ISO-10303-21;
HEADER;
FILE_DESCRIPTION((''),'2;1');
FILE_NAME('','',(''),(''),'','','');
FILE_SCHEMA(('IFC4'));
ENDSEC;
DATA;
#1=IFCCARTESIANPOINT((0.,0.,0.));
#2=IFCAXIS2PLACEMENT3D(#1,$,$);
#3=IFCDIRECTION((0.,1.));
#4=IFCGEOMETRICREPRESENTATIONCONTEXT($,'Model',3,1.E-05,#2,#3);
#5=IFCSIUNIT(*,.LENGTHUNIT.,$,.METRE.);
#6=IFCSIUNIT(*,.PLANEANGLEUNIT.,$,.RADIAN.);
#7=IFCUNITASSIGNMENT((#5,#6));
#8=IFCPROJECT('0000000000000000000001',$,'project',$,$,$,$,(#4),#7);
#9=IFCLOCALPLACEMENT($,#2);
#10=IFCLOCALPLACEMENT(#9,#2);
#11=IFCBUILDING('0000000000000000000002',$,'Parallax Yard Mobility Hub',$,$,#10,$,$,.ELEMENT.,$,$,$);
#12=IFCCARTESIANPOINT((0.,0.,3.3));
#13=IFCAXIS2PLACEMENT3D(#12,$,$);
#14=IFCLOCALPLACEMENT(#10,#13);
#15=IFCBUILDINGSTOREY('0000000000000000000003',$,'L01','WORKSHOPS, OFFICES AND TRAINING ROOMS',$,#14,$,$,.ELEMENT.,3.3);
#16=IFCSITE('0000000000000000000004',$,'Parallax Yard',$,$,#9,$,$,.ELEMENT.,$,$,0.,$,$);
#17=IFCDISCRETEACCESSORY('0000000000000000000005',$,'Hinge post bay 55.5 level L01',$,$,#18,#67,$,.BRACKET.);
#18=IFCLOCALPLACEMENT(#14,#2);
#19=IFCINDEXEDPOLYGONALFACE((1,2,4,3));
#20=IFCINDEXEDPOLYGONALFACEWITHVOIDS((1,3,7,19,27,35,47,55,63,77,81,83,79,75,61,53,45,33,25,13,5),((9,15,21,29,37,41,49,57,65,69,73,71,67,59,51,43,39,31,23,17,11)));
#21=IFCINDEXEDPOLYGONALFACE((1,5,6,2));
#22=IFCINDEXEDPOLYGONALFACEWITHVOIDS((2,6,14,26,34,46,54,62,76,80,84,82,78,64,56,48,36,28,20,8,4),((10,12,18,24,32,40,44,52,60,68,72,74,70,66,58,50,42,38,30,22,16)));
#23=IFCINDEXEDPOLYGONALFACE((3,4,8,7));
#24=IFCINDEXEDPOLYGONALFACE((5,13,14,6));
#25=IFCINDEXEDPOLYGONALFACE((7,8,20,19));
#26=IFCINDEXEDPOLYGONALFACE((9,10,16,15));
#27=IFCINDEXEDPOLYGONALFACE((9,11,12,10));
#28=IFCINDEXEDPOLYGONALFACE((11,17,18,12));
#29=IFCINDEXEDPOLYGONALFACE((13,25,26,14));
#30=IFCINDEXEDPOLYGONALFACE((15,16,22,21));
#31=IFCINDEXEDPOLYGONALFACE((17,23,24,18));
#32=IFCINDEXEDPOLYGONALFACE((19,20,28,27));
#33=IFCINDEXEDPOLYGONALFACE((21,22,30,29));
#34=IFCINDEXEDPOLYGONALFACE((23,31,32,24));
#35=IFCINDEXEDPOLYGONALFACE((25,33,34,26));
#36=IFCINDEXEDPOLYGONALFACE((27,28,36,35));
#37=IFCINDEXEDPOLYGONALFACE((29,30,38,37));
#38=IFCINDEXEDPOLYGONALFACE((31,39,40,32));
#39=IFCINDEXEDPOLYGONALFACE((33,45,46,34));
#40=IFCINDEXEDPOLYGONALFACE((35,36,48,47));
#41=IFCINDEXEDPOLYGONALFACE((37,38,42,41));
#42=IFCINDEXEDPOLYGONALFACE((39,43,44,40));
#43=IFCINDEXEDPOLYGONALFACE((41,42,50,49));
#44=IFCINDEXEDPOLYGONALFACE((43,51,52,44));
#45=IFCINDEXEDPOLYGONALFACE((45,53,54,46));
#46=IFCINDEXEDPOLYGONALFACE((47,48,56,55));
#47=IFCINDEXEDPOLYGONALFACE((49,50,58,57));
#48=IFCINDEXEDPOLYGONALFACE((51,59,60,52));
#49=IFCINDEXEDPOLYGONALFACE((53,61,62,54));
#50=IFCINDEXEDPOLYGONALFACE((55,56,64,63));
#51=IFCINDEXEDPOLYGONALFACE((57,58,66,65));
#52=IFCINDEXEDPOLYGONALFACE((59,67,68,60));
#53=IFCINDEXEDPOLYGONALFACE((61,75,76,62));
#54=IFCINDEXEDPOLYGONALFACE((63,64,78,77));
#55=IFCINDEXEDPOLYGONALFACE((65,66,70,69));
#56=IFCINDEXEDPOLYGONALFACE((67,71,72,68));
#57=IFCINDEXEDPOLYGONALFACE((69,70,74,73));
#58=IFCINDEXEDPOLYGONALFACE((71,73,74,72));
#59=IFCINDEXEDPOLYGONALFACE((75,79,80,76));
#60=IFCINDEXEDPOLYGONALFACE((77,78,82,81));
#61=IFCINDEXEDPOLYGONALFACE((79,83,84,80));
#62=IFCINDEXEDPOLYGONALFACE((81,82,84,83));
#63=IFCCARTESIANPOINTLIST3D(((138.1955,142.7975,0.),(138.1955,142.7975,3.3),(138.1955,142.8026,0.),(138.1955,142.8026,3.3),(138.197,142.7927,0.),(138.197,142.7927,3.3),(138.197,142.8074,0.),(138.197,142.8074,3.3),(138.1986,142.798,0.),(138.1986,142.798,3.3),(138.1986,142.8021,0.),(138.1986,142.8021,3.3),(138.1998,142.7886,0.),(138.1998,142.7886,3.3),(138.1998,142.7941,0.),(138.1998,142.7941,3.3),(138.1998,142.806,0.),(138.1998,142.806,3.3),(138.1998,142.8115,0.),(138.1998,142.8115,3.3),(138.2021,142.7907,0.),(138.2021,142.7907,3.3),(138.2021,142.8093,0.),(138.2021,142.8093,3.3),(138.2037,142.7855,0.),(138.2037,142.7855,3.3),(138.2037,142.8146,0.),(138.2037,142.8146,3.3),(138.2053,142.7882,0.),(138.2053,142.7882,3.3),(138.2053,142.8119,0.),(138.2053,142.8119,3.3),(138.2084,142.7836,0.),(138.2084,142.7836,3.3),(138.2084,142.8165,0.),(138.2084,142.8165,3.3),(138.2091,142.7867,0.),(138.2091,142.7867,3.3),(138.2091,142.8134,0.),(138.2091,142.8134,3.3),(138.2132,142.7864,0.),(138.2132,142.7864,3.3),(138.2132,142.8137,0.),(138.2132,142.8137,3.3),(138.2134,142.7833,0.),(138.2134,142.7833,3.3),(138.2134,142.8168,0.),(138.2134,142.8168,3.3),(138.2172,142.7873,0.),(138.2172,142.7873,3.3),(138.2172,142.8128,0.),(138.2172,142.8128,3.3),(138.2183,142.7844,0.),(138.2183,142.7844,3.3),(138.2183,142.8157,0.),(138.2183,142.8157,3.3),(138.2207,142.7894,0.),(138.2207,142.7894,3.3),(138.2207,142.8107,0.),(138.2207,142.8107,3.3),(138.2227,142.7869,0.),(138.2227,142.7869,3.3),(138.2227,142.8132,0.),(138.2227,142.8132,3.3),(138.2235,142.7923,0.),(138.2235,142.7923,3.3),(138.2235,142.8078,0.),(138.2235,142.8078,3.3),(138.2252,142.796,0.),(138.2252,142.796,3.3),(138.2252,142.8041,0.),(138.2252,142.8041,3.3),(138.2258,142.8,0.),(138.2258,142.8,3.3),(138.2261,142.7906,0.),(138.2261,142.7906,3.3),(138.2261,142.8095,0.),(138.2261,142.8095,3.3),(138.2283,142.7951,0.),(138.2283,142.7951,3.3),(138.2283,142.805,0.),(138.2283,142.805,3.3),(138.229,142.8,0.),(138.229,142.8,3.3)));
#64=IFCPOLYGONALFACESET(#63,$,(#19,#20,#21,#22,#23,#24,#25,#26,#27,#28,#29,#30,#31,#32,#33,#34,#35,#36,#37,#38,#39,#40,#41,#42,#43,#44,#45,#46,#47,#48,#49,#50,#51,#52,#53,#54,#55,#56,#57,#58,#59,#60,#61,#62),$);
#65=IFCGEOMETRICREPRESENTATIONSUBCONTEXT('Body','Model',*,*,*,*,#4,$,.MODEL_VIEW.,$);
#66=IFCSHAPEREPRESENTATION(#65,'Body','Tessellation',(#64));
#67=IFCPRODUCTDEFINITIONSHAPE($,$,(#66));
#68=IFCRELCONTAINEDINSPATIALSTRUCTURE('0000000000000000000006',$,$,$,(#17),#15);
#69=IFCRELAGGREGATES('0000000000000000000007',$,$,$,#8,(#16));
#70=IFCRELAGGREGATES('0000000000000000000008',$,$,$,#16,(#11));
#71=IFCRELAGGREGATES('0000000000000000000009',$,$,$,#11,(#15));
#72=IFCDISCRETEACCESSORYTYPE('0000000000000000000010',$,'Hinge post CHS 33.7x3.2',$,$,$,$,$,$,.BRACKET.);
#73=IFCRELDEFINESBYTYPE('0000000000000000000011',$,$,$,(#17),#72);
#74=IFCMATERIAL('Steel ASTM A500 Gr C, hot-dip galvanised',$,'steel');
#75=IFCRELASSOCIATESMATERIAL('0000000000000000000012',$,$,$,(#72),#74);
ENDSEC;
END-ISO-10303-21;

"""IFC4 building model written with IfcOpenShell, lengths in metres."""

from ifc_helpers import new_model, si_unit, direction, frame, origin, origin_2d, place, context, subcontext, project, spatial, hollow_circle, extrude, material, material_profile, profile_set, type_object, element, save


model = new_model("IFC4")

# Units and contexts
model_context = context("Model", 3, precision=1e-05, world=origin(), true_north=direction((0.0, 1.0)))
body_context = subcontext(model_context, "Body", "Model", "MODEL_VIEW")
ifc_project = project(units=[si_unit("LENGTHUNIT", "METRE"), si_unit("PLANEANGLEUNIT", "RADIAN")], contexts=[model_context])

# Site, building, storey
site_placement = place(None, origin())
site = spatial("IfcSite", under=ifc_project, at=site_placement, Name="Parallax Yard", CompositionType="ELEMENT", RefElevation=0.0)
building_placement = place(site_placement, origin())
building = spatial("IfcBuilding", under=site, at=building_placement, Name="Parallax Yard Mobility Hub", CompositionType="ELEMENT")
storey_placement = place(building_placement, frame((0.0, 0.0, 3.3)))
storey = spatial("IfcBuildingStorey", under=building, at=storey_placement, Name="L01", Description="WORKSHOPS, OFFICES AND TRAINING ROOMS", CompositionType="ELEMENT", Elevation=3.3)

# Discrete accessory
ifc_material_1 = material(Name="Steel ASTM A500 Gr C, hot-dip galvanised", Category="steel")
ifc_material_profile_1 = material_profile(ifc_material_1, hollow_circle(Radius=0.0168, WallThickness=0.0032, at=origin_2d()), Name="CHS 33.7x3.2")
ifc_profile_set_1 = profile_set([ifc_material_profile_1], Name="Steel ASTM A500 Gr C, hot-dip galvanised")
discrete_accessory_type_1 = type_object("IfcDiscreteAccessoryType", Name="Hinge post CHS 33.7x3.2", PredefinedType="BRACKET", material=ifc_profile_set_1)
for number, where, z_axis, x_axis, name in (
    (1, (138.2122, 142.8, 0.0), (0.0, 0.0, 1.0), (1.0, 0.0, 0.0), "Hinge post bay 55.5 level L01"),
):
    element("IfcDiscreteAccessory", number, at=place(storey_placement, frame(where, z_axis=z_axis, x_axis=x_axis)), inside=storey, type_object=discrete_accessory_type_1, Name=name, PredefinedType="BRACKET", context=body_context, shape_type="SweptSolid", body=[
        extrude(hollow_circle(Radius=0.0168, WallThickness=0.0032, at=origin_2d()), origin(), (0.0, 0.0, 1.0), 3.3),
    ])

save(model, "model.ifc")
